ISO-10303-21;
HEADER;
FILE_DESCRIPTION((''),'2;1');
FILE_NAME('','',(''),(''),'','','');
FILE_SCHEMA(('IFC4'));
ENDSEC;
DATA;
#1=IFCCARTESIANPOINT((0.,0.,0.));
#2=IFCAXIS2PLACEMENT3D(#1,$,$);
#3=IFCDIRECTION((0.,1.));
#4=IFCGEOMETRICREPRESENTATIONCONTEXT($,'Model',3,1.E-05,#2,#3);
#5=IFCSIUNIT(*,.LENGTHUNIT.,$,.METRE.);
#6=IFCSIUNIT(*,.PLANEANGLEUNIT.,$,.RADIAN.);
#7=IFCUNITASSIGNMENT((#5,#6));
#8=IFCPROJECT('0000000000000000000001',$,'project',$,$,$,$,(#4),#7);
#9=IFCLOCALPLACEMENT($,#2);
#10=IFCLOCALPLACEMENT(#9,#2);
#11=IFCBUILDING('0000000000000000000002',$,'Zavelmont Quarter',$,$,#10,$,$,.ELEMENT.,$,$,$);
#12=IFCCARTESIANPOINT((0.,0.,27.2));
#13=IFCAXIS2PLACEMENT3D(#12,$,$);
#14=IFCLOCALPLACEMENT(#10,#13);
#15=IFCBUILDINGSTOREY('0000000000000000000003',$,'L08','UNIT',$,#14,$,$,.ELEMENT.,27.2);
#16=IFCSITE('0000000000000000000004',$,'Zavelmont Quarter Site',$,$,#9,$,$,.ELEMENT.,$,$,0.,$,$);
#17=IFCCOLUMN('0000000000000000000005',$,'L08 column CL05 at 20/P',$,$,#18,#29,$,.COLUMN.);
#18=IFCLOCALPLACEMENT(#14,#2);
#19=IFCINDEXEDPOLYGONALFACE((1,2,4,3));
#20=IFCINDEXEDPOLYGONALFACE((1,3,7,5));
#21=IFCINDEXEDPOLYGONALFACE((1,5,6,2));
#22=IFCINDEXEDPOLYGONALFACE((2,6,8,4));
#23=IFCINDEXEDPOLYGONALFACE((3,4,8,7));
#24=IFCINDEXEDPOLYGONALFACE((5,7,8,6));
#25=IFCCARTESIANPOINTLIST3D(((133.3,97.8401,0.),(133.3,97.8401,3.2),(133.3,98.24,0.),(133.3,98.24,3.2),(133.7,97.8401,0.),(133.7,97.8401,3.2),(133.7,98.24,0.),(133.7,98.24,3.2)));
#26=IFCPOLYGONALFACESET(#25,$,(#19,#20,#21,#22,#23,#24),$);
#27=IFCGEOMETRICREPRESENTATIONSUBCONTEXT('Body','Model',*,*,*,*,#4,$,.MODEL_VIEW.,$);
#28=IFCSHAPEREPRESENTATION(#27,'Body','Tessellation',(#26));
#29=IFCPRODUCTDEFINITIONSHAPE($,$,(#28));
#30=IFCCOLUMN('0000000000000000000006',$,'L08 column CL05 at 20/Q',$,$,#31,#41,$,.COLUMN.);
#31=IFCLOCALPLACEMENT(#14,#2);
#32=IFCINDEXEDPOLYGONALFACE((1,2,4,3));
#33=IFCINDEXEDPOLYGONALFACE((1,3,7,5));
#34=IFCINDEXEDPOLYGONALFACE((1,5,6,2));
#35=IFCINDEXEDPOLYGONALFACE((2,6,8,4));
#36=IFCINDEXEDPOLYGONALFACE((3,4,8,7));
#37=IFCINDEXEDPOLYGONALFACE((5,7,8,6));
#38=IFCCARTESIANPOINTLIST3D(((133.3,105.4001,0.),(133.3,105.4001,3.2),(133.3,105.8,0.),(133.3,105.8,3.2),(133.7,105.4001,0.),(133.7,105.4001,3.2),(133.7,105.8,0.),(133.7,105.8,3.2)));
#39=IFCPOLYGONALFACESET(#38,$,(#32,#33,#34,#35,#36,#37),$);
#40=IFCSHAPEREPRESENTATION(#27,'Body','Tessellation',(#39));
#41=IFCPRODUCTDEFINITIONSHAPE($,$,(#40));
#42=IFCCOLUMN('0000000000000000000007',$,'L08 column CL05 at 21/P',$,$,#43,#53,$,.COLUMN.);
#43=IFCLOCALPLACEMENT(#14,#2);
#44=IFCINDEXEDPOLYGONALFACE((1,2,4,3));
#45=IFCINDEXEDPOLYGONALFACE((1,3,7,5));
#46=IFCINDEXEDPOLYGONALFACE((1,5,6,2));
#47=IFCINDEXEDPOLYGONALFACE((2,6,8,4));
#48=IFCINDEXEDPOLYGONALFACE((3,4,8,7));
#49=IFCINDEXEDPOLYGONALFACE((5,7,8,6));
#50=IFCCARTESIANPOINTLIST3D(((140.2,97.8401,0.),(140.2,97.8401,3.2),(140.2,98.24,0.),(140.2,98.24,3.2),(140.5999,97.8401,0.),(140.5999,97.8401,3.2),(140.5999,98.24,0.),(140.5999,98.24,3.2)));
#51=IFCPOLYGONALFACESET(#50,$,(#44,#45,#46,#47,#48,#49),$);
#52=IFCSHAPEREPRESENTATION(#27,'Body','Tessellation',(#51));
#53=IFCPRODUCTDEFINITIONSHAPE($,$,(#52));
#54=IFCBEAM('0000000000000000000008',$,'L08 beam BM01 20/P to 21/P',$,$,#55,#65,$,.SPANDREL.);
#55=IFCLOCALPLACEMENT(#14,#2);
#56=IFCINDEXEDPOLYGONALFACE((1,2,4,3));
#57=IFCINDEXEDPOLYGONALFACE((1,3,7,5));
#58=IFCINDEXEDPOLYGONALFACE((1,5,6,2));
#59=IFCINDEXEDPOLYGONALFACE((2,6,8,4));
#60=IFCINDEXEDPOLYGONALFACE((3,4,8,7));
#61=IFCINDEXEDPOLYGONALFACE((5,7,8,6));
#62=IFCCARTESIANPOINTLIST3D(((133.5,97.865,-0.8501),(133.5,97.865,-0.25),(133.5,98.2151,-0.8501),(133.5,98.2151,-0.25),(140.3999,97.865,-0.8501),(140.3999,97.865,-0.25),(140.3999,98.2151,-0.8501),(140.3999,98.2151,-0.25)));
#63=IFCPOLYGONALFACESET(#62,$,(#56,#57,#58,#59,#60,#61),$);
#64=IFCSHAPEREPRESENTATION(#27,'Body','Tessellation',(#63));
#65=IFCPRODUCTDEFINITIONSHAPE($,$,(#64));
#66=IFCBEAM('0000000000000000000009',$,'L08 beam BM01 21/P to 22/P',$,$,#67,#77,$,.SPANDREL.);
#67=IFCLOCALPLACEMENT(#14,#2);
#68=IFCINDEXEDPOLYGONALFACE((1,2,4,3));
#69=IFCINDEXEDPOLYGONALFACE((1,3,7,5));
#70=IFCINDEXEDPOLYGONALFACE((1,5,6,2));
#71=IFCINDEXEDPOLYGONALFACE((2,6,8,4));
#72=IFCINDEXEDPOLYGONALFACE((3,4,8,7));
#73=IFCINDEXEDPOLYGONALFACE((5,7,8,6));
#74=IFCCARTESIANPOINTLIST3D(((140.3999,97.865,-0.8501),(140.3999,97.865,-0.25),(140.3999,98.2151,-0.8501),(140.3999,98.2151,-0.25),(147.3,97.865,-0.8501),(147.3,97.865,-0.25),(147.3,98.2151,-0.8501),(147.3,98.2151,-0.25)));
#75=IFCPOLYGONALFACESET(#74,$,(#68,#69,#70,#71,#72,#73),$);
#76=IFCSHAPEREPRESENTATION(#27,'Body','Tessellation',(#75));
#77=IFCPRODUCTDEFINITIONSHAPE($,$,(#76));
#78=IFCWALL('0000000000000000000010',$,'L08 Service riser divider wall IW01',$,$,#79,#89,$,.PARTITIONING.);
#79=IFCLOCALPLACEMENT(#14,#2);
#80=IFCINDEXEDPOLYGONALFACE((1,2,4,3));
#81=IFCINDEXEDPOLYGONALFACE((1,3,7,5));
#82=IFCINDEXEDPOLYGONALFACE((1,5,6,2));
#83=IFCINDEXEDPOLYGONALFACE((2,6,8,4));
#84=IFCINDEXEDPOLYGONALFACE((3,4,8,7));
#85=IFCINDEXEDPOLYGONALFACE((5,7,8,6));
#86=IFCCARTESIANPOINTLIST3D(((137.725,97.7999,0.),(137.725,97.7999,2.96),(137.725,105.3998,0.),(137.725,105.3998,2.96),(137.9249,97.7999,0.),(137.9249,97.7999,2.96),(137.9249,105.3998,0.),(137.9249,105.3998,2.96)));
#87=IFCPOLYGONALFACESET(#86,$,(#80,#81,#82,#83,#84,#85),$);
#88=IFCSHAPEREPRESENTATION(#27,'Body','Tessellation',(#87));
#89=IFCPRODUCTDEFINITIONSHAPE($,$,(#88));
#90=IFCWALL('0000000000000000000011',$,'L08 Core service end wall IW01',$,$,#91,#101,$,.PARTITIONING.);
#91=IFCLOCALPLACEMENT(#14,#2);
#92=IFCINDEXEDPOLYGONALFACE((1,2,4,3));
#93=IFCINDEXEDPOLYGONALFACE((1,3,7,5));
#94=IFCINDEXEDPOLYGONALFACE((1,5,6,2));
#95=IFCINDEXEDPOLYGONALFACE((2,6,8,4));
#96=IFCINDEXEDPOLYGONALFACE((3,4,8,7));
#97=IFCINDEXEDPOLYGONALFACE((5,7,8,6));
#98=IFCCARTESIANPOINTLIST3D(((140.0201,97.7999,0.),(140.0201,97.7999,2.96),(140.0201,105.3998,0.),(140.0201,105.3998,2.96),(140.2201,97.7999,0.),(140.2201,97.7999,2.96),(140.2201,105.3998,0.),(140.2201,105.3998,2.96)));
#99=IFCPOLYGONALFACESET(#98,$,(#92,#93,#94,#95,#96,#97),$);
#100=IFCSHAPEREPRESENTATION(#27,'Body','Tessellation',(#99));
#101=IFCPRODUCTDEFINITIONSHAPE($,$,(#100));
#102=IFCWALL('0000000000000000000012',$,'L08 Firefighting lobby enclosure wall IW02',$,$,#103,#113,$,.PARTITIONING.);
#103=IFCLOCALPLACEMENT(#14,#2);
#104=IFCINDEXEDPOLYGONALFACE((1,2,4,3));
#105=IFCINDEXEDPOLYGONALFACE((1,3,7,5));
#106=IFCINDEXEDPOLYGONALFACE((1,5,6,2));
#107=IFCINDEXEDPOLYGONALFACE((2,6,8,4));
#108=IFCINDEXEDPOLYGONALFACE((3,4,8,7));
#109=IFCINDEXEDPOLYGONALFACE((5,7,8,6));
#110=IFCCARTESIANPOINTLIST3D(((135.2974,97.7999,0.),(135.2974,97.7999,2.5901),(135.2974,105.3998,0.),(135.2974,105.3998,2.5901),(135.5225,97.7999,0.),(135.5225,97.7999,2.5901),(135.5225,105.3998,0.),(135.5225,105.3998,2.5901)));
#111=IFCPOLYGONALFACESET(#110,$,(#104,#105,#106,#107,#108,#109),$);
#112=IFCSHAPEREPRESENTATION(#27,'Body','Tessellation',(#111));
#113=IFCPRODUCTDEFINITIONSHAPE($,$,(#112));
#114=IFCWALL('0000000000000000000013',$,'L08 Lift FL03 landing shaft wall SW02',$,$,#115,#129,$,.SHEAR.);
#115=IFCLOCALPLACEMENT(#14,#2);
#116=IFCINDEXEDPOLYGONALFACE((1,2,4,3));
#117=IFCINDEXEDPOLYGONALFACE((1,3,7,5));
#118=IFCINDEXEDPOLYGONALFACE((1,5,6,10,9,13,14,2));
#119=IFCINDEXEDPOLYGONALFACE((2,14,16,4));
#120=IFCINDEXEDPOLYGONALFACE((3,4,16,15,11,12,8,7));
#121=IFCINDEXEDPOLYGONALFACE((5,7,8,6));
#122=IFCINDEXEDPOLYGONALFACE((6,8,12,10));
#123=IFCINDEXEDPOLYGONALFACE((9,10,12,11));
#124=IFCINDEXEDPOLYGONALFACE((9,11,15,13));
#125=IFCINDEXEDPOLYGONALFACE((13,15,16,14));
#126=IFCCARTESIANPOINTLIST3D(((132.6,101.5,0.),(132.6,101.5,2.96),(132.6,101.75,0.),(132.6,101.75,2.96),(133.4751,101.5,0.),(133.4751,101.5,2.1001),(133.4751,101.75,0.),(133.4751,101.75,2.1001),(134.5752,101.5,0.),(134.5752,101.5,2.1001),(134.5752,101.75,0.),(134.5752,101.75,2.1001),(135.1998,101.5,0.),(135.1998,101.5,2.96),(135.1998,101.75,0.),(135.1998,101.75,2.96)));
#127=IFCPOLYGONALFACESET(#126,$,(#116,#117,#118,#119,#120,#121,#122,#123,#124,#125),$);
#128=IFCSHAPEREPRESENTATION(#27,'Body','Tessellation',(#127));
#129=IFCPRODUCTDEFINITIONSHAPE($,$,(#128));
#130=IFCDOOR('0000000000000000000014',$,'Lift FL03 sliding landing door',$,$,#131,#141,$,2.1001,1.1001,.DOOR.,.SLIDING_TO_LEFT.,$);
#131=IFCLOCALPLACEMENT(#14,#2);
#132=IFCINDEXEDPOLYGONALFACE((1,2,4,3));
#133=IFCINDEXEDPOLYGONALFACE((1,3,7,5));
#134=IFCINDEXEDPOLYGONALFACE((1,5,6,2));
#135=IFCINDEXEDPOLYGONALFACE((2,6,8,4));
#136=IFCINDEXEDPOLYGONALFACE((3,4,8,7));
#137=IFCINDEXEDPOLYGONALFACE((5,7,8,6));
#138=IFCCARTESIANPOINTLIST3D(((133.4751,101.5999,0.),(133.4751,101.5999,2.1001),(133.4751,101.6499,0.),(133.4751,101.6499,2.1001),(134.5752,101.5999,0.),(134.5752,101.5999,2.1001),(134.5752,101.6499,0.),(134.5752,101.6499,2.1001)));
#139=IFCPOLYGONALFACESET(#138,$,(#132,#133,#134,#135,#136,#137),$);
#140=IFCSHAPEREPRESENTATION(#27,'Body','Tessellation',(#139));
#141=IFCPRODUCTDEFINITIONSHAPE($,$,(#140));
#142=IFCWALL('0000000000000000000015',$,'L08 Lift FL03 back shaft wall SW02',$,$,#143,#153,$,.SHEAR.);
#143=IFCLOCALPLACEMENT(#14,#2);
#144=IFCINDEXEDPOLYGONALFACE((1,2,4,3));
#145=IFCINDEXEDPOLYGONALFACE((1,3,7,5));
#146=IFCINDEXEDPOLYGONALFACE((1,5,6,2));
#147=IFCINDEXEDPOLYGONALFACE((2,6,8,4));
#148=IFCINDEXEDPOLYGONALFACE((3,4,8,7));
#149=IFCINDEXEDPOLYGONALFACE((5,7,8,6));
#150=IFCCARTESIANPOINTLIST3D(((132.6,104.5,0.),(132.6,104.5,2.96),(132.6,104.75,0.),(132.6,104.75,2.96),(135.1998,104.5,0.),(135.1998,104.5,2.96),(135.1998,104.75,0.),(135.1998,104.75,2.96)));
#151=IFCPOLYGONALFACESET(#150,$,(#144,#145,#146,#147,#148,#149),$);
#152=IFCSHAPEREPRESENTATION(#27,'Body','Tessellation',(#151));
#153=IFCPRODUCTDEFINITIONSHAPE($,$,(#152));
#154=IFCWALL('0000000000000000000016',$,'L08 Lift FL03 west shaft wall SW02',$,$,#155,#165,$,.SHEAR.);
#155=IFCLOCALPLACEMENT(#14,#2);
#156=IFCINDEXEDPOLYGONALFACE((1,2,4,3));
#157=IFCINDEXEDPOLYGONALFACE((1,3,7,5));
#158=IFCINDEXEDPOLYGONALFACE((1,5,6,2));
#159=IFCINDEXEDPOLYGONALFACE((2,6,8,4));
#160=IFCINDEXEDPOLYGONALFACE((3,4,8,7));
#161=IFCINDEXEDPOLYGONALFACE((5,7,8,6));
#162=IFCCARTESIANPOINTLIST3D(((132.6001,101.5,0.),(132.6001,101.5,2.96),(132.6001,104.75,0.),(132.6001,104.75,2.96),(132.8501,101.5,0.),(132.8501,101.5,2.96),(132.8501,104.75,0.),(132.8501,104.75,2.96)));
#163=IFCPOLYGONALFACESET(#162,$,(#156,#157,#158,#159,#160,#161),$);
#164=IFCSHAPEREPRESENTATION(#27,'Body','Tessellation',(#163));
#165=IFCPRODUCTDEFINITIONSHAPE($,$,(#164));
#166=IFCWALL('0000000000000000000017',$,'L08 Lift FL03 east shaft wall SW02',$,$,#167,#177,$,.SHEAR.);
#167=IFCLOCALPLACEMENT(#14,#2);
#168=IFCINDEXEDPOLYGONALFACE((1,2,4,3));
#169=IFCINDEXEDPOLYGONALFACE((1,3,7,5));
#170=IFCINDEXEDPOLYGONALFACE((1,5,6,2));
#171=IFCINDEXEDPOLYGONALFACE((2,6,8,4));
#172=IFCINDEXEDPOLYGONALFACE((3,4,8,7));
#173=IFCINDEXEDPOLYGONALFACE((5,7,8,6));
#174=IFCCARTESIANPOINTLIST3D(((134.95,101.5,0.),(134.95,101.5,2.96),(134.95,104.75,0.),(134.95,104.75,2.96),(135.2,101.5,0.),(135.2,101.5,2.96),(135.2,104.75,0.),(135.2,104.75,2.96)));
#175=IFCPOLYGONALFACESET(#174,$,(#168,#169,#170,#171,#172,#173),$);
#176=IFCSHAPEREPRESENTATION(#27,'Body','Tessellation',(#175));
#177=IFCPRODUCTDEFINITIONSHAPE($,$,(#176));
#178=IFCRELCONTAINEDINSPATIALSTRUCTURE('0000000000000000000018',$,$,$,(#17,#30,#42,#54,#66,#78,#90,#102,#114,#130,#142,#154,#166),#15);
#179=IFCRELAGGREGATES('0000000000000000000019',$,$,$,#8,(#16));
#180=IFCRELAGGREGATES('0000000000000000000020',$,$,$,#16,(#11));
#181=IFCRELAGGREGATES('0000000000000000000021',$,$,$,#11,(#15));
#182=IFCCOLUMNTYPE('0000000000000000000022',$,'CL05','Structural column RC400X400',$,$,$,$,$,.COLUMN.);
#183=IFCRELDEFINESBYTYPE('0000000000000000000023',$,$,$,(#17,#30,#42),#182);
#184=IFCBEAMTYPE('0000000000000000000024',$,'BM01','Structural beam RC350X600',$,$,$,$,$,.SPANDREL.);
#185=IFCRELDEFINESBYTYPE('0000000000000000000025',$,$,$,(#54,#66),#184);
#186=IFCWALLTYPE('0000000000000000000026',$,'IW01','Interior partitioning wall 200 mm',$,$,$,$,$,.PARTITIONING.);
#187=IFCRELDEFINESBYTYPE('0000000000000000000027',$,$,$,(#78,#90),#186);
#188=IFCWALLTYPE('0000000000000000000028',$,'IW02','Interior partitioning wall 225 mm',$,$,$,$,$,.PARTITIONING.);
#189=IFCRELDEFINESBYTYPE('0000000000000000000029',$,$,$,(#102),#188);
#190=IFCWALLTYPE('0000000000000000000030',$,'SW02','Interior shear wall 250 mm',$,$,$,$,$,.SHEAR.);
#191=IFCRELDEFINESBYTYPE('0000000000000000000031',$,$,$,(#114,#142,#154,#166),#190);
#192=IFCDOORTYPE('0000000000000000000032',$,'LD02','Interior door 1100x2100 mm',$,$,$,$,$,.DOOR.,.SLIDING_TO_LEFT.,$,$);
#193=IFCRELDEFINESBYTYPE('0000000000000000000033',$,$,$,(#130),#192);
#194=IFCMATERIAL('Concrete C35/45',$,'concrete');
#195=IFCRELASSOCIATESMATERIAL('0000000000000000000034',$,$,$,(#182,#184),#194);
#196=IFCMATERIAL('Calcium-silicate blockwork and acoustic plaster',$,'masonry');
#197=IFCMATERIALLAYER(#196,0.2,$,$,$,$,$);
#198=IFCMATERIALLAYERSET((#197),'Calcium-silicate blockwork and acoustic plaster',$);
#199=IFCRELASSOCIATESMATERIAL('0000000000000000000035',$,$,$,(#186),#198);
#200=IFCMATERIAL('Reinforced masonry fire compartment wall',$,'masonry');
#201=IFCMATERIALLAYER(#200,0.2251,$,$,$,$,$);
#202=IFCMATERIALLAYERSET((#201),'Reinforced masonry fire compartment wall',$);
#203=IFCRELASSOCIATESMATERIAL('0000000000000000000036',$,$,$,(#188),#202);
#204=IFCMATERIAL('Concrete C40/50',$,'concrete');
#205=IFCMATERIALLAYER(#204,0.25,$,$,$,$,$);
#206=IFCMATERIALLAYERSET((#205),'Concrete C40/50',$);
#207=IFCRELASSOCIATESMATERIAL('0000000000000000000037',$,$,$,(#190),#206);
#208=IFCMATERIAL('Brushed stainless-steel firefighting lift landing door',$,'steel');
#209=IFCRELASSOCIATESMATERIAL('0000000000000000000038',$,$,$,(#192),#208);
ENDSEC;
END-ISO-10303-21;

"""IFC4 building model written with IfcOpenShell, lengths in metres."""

from ifc_helpers import new_model, si_unit, direction, frame, frame_2d, origin, origin_with_axes, origin_2d, place, context, subcontext, project, spatial, rectangle, extrude, material, layer, layer_set, material_profile, profile_set, type_object, element, fill, save


model = new_model("IFC4")

# Units and contexts
model_context = context("Model", 3, precision=1e-05, world=origin(), true_north=direction((0.0, 1.0)))
body_context = subcontext(model_context, "Body", "Model", "MODEL_VIEW")
ifc_project = project(units=[si_unit("LENGTHUNIT", "METRE"), si_unit("PLANEANGLEUNIT", "RADIAN")], contexts=[model_context])

# Site, building, storey
site_placement = place(None, origin())
site = spatial("IfcSite", under=ifc_project, at=site_placement, Name="Zavelmont Quarter Site", CompositionType="ELEMENT", RefElevation=0.0)
building_placement = place(site_placement, origin())
building = spatial("IfcBuilding", under=site, at=building_placement, Name="Zavelmont Quarter", CompositionType="ELEMENT")
storey_placement = place(building_placement, frame((0.0, 0.0, 27.2)))
storey = spatial("IfcBuildingStorey", under=building, at=storey_placement, Name="L08", Description="UNIT", CompositionType="ELEMENT", Elevation=27.2)

# Columns
ifc_material_1 = material(Name="Concrete C35/45", Category="concrete")
ifc_material_profile_1 = material_profile(ifc_material_1, rectangle(XDim=0.3999, YDim=0.3999, at=origin_2d()), Name="RC400X400")
ifc_profile_set_1 = profile_set([ifc_material_profile_1], Name="Concrete C35/45")
column_type = type_object("IfcColumnType", Name="CL05", Description="Structural column RC400X400", PredefinedType="COLUMN", material=ifc_profile_set_1)
for number, where, z_axis, x_axis, name in (
    (1, (133.5, 98.04, 0.0), (0.0, 0.0, 1.0), (1.0, 0.0, 0.0), "L08 column CL05 at 20/P"),
    (2, (133.5, 105.6001, 0.0), (0.0, 0.0, 1.0), (1.0, 0.0, 0.0), "L08 column CL05 at 20/Q"),
    (3, (140.3999, 98.04, 0.0), (0.0, 0.0, 1.0), (1.0, 0.0, 0.0), "L08 column CL05 at 21/P"),
):
    element("IfcColumn", number, at=place(storey_placement, frame(where, z_axis=z_axis, x_axis=x_axis)), inside=storey, type_object=column_type, Name=name, PredefinedType="COLUMN", context=body_context, shape_type="SweptSolid", body=[
        extrude(rectangle(XDim=0.3999, YDim=0.3999, at=origin_2d()), origin(), (0.0, 0.0, 1.0), 3.2),
    ])

# Beams
ifc_material_profile_2 = material_profile(ifc_material_1, rectangle(XDim=0.3501, YDim=0.6001, at=origin_2d()), Name="RC350X600")
ifc_profile_set_2 = profile_set([ifc_material_profile_2], Name="Concrete C35/45")
beam_type = type_object("IfcBeamType", Name="BM01", Description="Structural beam RC350X600", PredefinedType="SPANDREL", material=ifc_profile_set_2)
beam_1_placement = place(storey_placement, frame((133.5, 98.04, -0.55), z_axis=(1.0, 0.0, 0.0), x_axis=(0.0, 1.0, 0.0)))
element("IfcBeam", 4, at=beam_1_placement, inside=storey, type_object=beam_type, Name="L08 beam BM01 20/P to 21/P", PredefinedType="SPANDREL", context=body_context, shape_type="SweptSolid", body=[
    extrude(rectangle(XDim=0.3501, YDim=0.6001, at=origin_2d()), origin(), (0.0, 0.0, 1.0), 6.8999),
])
beam_2_placement = place(storey_placement, frame((140.3999, 98.04, -0.55), z_axis=(1.0, 0.0, 0.0), x_axis=(0.0, 1.0, 0.0)))
element("IfcBeam", 5, at=beam_2_placement, inside=storey, type_object=beam_type, Name="L08 beam BM01 21/P to 22/P", PredefinedType="SPANDREL", context=body_context, shape_type="SweptSolid", body=[
    extrude(rectangle(XDim=0.3501, YDim=0.6001, at=origin_2d()), origin(), (0.0, 0.0, 1.0), 6.9001),
])

# Walls
ifc_material_2 = material(Name="Calcium-silicate blockwork and acoustic plaster", Category="masonry")
ifc_layer_1 = layer(ifc_material_2, 0.2)
ifc_layer_set_1 = layer_set([ifc_layer_1], Name="Calcium-silicate blockwork and acoustic plaster")
wall_type_1 = type_object("IfcWallType", Name="IW01", Description="Interior partitioning wall 200 mm", PredefinedType="PARTITIONING", material=ifc_layer_set_1)
for number, where, z_axis, x_axis, name in (
    (6, (137.825, 97.8, 0.0), (0.0, 0.0, 1.0), (0.0, 1.0, 0.0), "L08 Service riser divider wall IW01"),
    (7, (140.1201, 97.8, 0.0), (0.0, 0.0, 1.0), (0.0, 1.0, 0.0), "L08 Core service end wall IW01"),
):
    element("IfcWall", number, at=place(storey_placement, frame(where, z_axis=z_axis, x_axis=x_axis)), inside=storey, type_object=wall_type_1, Name=name, PredefinedType="PARTITIONING", context=body_context, shape_type="SweptSolid", body=[
        extrude(rectangle(XDim=7.5999, YDim=0.2, at=frame_2d((3.7998, 0.0))), origin(), (0.0, 0.0, 1.0), 2.96),
    ])
ifc_material_3 = material(Name="Reinforced masonry fire compartment wall", Category="masonry")
ifc_layer_2 = layer(ifc_material_3, 0.2251)
ifc_layer_set_2 = layer_set([ifc_layer_2], Name="Reinforced masonry fire compartment wall")
wall_type_2 = type_object("IfcWallType", Name="IW02", Description="Interior partitioning wall 225 mm", PredefinedType="PARTITIONING", material=ifc_layer_set_2)
wall_1_placement = place(storey_placement, frame((135.4099, 97.8, 0.0), z_axis=(0.0, 0.0, 1.0), x_axis=(0.0, 1.0, 0.0)))
element("IfcWall", 8, at=wall_1_placement, inside=storey, type_object=wall_type_2, Name="L08 Firefighting lobby enclosure wall IW02", PredefinedType="PARTITIONING", context=body_context, shape_type="SweptSolid", body=[
    extrude(rectangle(XDim=7.5999, YDim=0.2251, at=frame_2d((3.7998, 0.0))), origin(), (0.0, 0.0, 1.0), 2.5901),
])

# Wall, opening, door
ifc_material_4 = material(Name="Concrete C40/50", Category="concrete")
ifc_layer_3 = layer(ifc_material_4, 0.25)
ifc_layer_set_3 = layer_set([ifc_layer_3], Name="Concrete C40/50")
wall_type_3 = type_object("IfcWallType", Name="SW02", Description="Interior shear wall 250 mm", PredefinedType="SHEAR", material=ifc_layer_set_3)
wall_2_placement = place(storey_placement, frame((132.6001, 101.625, 0.0), z_axis=(0.0, 0.0, 1.0), x_axis=(1.0, 0.0, 0.0)))
wall_2 = element("IfcWall", 9, at=wall_2_placement, inside=storey, type_object=wall_type_3, Name="L08 Lift FL03 landing shaft wall SW02", PredefinedType="SHEAR", context=body_context, shape_type="SweptSolid", body=[
    extrude(rectangle(XDim=2.5999, YDim=0.25, at=frame_2d((1.2998, 0.0))), origin(), (0.0, 0.0, 1.0), 2.96),
])
opening_1_placement = place(wall_2_placement, frame((0.875, 0.0, 0.0)))
opening_1 = element("IfcOpeningElement", 10, at=opening_1_placement, cuts=wall_2, PredefinedType="OPENING", context=body_context, shape_type="SweptSolid", body=[
    extrude(rectangle(XDim=1.1001, YDim=2.1001, at=frame_2d((0.55, 1.05))), frame((0.0, 0.137, 0.0), z_axis=(0.0, -1.0, 0.0), x_axis=(1.0, 0.0, 0.0)), (0.0, 0.0, 1.0), 0.2739),
])
ifc_material_5 = material(Name="Brushed stainless-steel firefighting lift landing door", Category="steel")
door_type_1 = type_object("IfcDoorType", Name="LD02", Description="Interior door 1100x2100 mm", OperationType="SLIDING_TO_LEFT", PredefinedType="DOOR", material=ifc_material_5)
door_1_placement = place(opening_1_placement, origin_with_axes())
door_1 = element("IfcDoor", 11, at=door_1_placement, inside=storey, type_object=door_type_1, Name="Lift FL03 sliding landing door", OperationType="SLIDING_TO_LEFT", OverallHeight=2.1001, OverallWidth=1.1001, PredefinedType="DOOR", context=body_context, shape_type="SweptSolid", body=[
    extrude(rectangle(XDim=1.1001, YDim=2.1001, at=frame_2d((0.55, 1.05))), frame((0.0, 0.0249, 0.0), z_axis=(0.0, -1.0, 0.0), x_axis=(1.0, 0.0, 0.0)), (0.0, 0.0, 1.0), 0.05),
])
fill(opening_1, door_1)

# Walls
wall_3_placement = place(storey_placement, frame((132.6001, 104.625, 0.0), z_axis=(0.0, 0.0, 1.0), x_axis=(1.0, 0.0, 0.0)))
element("IfcWall", 12, at=wall_3_placement, inside=storey, type_object=wall_type_3, Name="L08 Lift FL03 back shaft wall SW02", PredefinedType="SHEAR", context=body_context, shape_type="SweptSolid", body=[
    extrude(rectangle(XDim=2.5999, YDim=0.25, at=frame_2d((1.2998, 0.0))), origin(), (0.0, 0.0, 1.0), 2.96),
])
for number, where, z_axis, x_axis, name in (
    (13, (132.7251, 101.5, 0.0), (0.0, 0.0, 1.0), (0.0, 1.0, 0.0), "L08 Lift FL03 west shaft wall SW02"),
    (14, (135.075, 101.5, 0.0), (0.0, 0.0, 1.0), (0.0, 1.0, 0.0), "L08 Lift FL03 east shaft wall SW02"),
):
    element("IfcWall", number, at=place(storey_placement, frame(where, z_axis=z_axis, x_axis=x_axis)), inside=storey, type_object=wall_type_3, Name=name, PredefinedType="SHEAR", context=body_context, shape_type="SweptSolid", body=[
        extrude(rectangle(XDim=3.25, YDim=0.25, at=frame_2d((1.625, 0.0))), origin(), (0.0, 0.0, 1.0), 2.96),
    ])

save(model, "model.ifc")
